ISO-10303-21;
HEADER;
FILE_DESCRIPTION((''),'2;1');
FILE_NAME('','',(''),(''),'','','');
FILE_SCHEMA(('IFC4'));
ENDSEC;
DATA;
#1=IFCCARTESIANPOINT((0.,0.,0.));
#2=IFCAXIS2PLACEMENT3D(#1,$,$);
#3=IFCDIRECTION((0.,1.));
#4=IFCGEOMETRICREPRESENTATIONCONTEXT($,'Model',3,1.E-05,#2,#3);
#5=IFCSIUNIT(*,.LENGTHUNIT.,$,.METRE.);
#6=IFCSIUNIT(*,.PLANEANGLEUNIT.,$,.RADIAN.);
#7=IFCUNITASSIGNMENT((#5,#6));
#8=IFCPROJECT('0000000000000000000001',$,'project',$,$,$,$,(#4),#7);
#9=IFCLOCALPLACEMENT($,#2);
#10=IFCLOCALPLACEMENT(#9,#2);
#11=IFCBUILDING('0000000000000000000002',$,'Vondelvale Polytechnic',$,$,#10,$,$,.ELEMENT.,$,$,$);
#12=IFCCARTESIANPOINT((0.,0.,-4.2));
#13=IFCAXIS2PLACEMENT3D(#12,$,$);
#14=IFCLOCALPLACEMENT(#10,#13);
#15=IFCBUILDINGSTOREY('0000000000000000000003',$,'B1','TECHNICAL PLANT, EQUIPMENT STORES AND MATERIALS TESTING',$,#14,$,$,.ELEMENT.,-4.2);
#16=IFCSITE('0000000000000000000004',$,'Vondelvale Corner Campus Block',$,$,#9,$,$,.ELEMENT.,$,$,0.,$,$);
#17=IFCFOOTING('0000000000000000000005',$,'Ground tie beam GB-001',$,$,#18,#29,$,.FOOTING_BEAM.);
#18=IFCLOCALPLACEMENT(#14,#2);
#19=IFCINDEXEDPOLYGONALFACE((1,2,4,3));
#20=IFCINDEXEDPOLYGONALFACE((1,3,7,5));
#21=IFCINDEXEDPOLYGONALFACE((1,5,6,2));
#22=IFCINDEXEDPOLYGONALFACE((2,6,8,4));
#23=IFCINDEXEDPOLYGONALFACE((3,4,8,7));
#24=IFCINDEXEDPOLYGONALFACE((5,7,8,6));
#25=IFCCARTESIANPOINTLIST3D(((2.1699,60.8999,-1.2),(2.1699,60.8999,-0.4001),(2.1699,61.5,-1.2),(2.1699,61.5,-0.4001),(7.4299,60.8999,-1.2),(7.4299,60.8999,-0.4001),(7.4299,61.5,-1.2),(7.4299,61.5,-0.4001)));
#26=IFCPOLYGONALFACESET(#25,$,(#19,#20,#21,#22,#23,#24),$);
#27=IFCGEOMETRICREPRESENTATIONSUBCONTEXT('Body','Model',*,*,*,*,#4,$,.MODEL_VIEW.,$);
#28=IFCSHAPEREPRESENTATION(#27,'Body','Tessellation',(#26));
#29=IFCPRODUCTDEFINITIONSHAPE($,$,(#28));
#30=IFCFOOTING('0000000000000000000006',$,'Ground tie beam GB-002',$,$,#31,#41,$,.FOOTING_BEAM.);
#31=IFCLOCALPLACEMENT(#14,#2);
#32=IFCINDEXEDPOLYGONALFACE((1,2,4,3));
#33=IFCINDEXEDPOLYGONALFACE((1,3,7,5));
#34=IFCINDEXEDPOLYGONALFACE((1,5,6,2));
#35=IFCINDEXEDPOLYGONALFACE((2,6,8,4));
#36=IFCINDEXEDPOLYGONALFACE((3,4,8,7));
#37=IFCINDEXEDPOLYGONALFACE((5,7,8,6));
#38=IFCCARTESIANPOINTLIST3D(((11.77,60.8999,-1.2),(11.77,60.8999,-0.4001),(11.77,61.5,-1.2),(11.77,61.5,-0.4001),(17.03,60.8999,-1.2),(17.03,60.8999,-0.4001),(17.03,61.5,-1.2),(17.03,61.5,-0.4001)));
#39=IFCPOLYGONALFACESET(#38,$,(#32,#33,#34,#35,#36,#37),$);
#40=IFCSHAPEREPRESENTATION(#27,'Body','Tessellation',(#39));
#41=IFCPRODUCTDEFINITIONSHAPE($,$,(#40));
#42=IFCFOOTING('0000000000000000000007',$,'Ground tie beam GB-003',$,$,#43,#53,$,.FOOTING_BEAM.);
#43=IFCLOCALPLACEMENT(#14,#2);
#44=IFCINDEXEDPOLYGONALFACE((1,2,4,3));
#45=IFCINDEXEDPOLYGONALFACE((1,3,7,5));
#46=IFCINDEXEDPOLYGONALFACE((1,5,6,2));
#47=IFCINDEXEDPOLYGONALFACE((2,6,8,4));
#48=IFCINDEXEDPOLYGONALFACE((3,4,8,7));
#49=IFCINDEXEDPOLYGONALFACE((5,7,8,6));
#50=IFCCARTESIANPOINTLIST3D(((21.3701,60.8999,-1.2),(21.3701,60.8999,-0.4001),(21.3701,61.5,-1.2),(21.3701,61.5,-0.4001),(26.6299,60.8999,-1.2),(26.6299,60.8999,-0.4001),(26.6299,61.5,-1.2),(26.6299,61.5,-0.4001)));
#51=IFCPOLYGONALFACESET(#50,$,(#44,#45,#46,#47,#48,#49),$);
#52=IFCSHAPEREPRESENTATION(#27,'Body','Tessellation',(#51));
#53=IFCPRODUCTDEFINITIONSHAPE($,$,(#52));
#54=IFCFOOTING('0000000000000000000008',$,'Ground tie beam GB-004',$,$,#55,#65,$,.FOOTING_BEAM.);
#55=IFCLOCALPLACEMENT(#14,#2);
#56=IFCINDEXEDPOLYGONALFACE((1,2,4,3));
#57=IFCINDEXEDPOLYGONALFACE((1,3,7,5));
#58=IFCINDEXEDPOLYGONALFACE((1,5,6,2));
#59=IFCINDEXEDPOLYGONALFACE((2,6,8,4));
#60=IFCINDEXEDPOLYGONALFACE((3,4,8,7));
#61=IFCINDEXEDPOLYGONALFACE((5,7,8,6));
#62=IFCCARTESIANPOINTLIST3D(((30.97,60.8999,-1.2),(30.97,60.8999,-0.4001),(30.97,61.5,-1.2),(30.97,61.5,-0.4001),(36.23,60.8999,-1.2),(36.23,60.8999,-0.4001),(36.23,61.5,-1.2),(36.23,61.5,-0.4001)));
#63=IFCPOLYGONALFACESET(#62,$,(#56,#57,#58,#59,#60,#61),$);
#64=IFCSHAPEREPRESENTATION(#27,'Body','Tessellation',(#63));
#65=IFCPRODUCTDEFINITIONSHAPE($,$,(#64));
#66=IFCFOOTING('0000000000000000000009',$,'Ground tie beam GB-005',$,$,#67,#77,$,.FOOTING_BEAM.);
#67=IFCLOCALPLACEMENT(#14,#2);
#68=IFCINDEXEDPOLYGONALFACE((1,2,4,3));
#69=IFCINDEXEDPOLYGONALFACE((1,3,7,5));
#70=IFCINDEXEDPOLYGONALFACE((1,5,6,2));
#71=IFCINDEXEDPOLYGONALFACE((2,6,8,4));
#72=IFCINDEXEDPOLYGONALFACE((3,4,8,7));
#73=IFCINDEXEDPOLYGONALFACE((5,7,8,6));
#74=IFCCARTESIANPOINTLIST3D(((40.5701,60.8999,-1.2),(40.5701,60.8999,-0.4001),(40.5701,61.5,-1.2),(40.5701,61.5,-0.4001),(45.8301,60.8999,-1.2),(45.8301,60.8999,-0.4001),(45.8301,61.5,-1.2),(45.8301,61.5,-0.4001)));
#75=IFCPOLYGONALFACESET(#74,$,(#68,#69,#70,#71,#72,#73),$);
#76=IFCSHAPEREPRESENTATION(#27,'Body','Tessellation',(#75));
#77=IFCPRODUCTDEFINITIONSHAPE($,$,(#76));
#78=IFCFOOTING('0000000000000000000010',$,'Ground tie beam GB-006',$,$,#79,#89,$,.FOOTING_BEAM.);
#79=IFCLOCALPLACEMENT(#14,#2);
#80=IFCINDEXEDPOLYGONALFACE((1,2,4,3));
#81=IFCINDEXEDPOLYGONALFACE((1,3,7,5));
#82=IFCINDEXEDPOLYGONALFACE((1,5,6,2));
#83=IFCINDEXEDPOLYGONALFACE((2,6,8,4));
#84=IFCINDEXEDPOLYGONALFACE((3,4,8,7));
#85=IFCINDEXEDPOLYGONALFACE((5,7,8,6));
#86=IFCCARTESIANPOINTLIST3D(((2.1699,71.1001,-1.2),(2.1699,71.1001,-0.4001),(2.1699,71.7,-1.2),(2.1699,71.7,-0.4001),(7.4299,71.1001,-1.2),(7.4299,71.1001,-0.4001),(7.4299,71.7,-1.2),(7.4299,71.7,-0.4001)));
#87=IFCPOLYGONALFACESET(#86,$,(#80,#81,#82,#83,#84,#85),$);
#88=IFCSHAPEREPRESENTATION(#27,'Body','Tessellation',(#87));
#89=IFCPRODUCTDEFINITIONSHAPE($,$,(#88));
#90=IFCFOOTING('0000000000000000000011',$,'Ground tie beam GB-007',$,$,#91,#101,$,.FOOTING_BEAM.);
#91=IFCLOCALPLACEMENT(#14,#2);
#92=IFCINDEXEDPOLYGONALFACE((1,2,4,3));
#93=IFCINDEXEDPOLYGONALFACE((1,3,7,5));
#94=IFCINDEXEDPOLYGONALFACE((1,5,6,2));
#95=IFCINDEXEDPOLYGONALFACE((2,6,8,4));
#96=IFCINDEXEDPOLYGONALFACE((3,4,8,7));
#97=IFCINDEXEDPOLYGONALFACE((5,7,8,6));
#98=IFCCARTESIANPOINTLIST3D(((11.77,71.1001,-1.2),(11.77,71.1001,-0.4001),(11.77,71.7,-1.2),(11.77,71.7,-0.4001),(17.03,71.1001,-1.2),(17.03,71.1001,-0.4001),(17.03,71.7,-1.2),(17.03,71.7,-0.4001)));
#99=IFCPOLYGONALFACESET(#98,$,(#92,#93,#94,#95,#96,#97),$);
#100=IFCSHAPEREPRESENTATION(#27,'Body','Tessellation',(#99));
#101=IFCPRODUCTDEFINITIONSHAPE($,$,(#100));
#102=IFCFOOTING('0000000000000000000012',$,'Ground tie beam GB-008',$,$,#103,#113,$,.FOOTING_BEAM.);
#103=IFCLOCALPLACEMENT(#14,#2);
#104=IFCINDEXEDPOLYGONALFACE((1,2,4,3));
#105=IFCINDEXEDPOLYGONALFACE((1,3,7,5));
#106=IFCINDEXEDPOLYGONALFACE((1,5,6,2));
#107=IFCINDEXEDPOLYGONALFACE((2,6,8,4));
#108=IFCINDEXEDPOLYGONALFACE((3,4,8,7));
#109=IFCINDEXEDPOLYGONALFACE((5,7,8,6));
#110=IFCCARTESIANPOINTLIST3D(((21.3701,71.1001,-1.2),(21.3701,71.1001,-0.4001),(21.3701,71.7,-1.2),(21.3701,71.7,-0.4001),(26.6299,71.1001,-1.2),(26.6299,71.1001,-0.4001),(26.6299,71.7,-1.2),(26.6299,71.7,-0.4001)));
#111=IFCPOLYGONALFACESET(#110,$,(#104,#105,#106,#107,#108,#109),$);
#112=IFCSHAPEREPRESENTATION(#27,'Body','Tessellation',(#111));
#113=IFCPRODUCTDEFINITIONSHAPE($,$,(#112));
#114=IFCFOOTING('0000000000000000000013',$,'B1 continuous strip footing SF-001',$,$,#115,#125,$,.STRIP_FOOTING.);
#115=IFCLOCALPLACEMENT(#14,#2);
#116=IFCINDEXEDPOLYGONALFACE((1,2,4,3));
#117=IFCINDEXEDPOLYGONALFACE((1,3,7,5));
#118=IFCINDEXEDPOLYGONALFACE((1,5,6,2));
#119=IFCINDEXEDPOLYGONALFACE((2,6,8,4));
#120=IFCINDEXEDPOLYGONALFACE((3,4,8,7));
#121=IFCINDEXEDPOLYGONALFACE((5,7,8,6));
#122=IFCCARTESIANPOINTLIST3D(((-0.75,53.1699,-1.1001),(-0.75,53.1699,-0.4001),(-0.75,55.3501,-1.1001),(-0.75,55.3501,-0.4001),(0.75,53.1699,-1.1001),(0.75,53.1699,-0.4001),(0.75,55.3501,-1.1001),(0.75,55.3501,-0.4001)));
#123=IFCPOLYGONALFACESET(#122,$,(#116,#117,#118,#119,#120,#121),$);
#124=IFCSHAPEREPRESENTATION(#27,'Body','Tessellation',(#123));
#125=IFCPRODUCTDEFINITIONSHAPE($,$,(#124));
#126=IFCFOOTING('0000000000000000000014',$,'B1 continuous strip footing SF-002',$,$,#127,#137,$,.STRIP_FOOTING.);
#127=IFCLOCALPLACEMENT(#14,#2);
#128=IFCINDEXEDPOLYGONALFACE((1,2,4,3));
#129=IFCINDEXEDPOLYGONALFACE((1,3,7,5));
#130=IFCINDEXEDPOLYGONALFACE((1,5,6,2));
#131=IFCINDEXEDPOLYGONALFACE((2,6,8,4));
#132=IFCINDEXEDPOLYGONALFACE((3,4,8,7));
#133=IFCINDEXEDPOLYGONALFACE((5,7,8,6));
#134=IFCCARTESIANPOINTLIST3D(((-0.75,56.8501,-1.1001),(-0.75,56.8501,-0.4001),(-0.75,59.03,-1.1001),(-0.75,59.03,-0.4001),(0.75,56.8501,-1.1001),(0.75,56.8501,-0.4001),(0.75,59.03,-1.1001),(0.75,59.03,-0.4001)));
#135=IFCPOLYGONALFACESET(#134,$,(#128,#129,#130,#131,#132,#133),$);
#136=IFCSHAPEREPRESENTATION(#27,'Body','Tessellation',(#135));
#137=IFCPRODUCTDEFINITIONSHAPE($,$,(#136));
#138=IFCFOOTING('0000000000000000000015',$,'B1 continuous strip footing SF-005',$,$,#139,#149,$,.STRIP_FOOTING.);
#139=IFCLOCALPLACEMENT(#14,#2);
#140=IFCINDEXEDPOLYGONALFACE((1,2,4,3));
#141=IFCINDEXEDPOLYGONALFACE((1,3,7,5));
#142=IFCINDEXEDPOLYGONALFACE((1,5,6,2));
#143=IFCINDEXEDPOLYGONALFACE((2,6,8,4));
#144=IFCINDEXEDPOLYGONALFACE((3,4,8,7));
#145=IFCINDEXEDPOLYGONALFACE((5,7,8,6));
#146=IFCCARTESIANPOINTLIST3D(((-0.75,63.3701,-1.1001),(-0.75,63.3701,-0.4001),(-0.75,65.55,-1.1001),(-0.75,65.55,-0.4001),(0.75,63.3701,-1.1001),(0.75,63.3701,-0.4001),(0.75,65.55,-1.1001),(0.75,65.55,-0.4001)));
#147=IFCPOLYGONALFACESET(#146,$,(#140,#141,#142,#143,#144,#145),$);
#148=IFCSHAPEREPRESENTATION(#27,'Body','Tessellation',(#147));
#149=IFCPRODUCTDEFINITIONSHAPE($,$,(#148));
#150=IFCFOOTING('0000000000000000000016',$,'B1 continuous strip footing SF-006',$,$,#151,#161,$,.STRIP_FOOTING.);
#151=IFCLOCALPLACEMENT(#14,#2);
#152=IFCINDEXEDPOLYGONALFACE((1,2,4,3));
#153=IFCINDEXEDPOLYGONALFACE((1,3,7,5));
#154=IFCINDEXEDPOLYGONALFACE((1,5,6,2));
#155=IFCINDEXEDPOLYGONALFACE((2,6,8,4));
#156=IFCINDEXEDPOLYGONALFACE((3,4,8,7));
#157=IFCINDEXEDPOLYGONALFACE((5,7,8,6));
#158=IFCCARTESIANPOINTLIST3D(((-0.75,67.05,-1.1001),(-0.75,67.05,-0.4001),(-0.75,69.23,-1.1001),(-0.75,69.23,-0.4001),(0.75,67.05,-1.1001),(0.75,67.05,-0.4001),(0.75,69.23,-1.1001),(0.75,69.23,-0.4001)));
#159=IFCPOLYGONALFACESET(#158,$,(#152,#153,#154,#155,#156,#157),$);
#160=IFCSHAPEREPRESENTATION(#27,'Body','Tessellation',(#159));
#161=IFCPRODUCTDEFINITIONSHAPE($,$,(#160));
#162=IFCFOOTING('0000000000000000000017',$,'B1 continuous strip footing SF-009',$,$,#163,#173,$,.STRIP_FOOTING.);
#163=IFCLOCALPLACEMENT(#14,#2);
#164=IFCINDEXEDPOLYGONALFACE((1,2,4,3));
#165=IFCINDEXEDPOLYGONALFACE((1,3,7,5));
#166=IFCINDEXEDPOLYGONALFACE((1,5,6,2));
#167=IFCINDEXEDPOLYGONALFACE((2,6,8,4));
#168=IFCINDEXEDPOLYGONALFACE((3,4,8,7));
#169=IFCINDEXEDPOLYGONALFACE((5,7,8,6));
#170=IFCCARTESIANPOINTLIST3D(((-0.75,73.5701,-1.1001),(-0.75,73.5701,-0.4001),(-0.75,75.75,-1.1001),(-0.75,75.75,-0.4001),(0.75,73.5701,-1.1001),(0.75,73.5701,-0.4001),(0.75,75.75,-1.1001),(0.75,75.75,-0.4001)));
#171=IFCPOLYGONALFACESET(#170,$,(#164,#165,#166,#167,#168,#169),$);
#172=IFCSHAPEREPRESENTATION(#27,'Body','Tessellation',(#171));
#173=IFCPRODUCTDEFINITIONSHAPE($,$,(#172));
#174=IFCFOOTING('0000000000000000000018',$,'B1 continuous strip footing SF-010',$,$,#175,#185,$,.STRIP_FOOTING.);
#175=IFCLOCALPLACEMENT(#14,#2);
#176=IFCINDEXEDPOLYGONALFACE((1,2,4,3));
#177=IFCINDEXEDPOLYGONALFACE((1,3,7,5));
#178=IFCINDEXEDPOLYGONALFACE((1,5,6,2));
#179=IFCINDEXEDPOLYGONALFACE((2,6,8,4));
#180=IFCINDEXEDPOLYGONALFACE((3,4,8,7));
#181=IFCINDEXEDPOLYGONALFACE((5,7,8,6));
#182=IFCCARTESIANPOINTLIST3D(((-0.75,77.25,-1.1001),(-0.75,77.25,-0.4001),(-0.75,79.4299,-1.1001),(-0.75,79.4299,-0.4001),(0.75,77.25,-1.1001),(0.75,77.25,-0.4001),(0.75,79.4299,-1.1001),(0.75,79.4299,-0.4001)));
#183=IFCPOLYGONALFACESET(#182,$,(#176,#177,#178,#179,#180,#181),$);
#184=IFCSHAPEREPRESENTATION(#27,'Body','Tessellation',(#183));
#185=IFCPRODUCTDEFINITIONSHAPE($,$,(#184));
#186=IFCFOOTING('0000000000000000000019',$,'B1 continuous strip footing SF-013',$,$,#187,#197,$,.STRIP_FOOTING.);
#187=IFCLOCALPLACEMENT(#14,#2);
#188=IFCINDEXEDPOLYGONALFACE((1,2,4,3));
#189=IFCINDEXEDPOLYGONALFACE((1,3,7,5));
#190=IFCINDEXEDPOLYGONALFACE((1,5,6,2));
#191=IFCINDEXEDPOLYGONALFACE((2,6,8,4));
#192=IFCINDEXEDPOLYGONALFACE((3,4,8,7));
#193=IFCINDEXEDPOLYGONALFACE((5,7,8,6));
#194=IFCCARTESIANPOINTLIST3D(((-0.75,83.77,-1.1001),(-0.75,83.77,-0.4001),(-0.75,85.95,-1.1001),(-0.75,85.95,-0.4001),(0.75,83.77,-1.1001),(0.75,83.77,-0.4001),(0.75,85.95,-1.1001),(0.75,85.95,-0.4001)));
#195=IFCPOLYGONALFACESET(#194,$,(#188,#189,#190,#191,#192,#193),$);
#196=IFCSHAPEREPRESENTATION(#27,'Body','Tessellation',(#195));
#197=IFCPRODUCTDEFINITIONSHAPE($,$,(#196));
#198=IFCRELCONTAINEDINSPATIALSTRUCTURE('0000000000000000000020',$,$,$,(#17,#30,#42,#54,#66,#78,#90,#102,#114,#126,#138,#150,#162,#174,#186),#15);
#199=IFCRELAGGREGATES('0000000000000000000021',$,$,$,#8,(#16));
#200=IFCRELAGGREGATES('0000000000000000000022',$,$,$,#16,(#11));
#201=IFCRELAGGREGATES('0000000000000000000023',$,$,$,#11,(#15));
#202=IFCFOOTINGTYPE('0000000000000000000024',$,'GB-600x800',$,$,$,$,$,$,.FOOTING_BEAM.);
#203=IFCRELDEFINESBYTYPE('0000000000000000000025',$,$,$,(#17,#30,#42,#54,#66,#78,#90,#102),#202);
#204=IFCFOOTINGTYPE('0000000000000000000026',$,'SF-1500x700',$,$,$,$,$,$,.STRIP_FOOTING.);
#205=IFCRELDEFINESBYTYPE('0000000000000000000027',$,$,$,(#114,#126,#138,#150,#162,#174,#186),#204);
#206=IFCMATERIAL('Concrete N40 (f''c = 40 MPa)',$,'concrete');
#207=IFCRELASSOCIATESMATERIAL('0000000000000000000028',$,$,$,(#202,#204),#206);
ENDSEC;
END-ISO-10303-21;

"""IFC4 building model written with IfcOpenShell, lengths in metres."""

from ifc_helpers import new_model, si_unit, direction, frame, origin, place, context, subcontext, project, spatial, polyline, outline, extrude, material, type_object, element, save


model = new_model("IFC4")

# Units and contexts
model_context = context("Model", 3, precision=1e-05, world=origin(), true_north=direction((0.0, 1.0)))
body_context = subcontext(model_context, "Body", "Model", "MODEL_VIEW")
ifc_project = project(units=[si_unit("LENGTHUNIT", "METRE"), si_unit("PLANEANGLEUNIT", "RADIAN")], contexts=[model_context])

# Site, building, storey
site_placement = place(None, origin())
site = spatial("IfcSite", under=ifc_project, at=site_placement, Name="Vondelvale Corner Campus Block", CompositionType="ELEMENT", RefElevation=0.0)
building_placement = place(site_placement, origin())
building = spatial("IfcBuilding", under=site, at=building_placement, Name="Vondelvale Polytechnic", CompositionType="ELEMENT")
storey_placement = place(building_placement, frame((0.0, 0.0, -4.2)))
storey = spatial("IfcBuildingStorey", under=building, at=storey_placement, Name="B1", Description="TECHNICAL PLANT, EQUIPMENT STORES AND MATERIALS TESTING", CompositionType="ELEMENT", Elevation=-4.2)

# Footings
ifc_material = material(Name="Concrete N40 (f'c = 40 MPa)", Category="concrete")
footing_type_1 = type_object("IfcFootingType", Name="GB-600x800", PredefinedType="FOOTING_BEAM", material=ifc_material)
footing_1_placement = place(storey_placement, frame((0.0, 0.0, -1.2)))
element("IfcFooting", 1, at=footing_1_placement, inside=storey, type_object=footing_type_1, Name="Ground tie beam GB-001", PredefinedType="FOOTING_BEAM", context=body_context, shape_type="SweptSolid", body=[
    extrude(outline(polyline([(2.1699, 60.8999), (2.1699, 61.5), (7.4299, 61.5), (7.4299, 60.8999), (2.1699, 60.8999)])), origin(), (0.0, 0.0, 1.0), 0.7998),
])
footing_2_placement = place(storey_placement, frame((0.0, 0.0, -1.2)))
element("IfcFooting", 2, at=footing_2_placement, inside=storey, type_object=footing_type_1, Name="Ground tie beam GB-002", PredefinedType="FOOTING_BEAM", context=body_context, shape_type="SweptSolid", body=[
    extrude(outline(polyline([(11.77, 60.8999), (11.77, 61.5), (17.03, 61.5), (17.03, 60.8999), (11.77, 60.8999)])), origin(), (0.0, 0.0, 1.0), 0.7998),
])
footing_3_placement = place(storey_placement, frame((0.0, 0.0, -1.2)))
element("IfcFooting", 3, at=footing_3_placement, inside=storey, type_object=footing_type_1, Name="Ground tie beam GB-003", PredefinedType="FOOTING_BEAM", context=body_context, shape_type="SweptSolid", body=[
    extrude(outline(polyline([(21.3701, 60.8999), (21.3701, 61.5), (26.6299, 61.5), (26.6299, 60.8999), (21.3701, 60.8999)])), origin(), (0.0, 0.0, 1.0), 0.7998),
])
footing_4_placement = place(storey_placement, frame((0.0, 0.0, -1.2)))
element("IfcFooting", 4, at=footing_4_placement, inside=storey, type_object=footing_type_1, Name="Ground tie beam GB-004", PredefinedType="FOOTING_BEAM", context=body_context, shape_type="SweptSolid", body=[
    extrude(outline(polyline([(30.97, 60.8999), (30.97, 61.5), (36.23, 61.5), (36.23, 60.8999), (30.97, 60.8999)])), origin(), (0.0, 0.0, 1.0), 0.7998),
])
footing_5_placement = place(storey_placement, frame((0.0, 0.0, -1.2)))
element("IfcFooting", 5, at=footing_5_placement, inside=storey, type_object=footing_type_1, Name="Ground tie beam GB-005", PredefinedType="FOOTING_BEAM", context=body_context, shape_type="SweptSolid", body=[
    extrude(outline(polyline([(40.5701, 60.8999), (40.5701, 61.5), (45.8301, 61.5), (45.8301, 60.8999), (40.5701, 60.8999)])), origin(), (0.0, 0.0, 1.0), 0.7998),
])
footing_6_placement = place(storey_placement, frame((0.0, 0.0, -1.2)))
element("IfcFooting", 6, at=footing_6_placement, inside=storey, type_object=footing_type_1, Name="Ground tie beam GB-006", PredefinedType="FOOTING_BEAM", context=body_context, shape_type="SweptSolid", body=[
    extrude(outline(polyline([(2.1699, 71.1001), (2.1699, 71.7), (7.4299, 71.7), (7.4299, 71.1001), (2.1699, 71.1001)])), origin(), (0.0, 0.0, 1.0), 0.7998),
])
footing_7_placement = place(storey_placement, frame((0.0, 0.0, -1.2)))
element("IfcFooting", 7, at=footing_7_placement, inside=storey, type_object=footing_type_1, Name="Ground tie beam GB-007", PredefinedType="FOOTING_BEAM", context=body_context, shape_type="SweptSolid", body=[
    extrude(outline(polyline([(11.77, 71.1001), (11.77, 71.7), (17.03, 71.7), (17.03, 71.1001), (11.77, 71.1001)])), origin(), (0.0, 0.0, 1.0), 0.7998),
])
footing_8_placement = place(storey_placement, frame((0.0, 0.0, -1.2)))
element("IfcFooting", 8, at=footing_8_placement, inside=storey, type_object=footing_type_1, Name="Ground tie beam GB-008", PredefinedType="FOOTING_BEAM", context=body_context, shape_type="SweptSolid", body=[
    extrude(outline(polyline([(21.3701, 71.1001), (21.3701, 71.7), (26.6299, 71.7), (26.6299, 71.1001), (21.3701, 71.1001)])), origin(), (0.0, 0.0, 1.0), 0.7998),
])
footing_type_2 = type_object("IfcFootingType", Name="SF-1500x700", PredefinedType="STRIP_FOOTING", material=ifc_material)
footing_9_placement = place(storey_placement, frame((0.0, 0.0, -1.1001)))
element("IfcFooting", 9, at=footing_9_placement, inside=storey, type_object=footing_type_2, Name="B1 continuous strip footing SF-001", PredefinedType="STRIP_FOOTING", context=body_context, shape_type="SweptSolid", body=[
    extrude(outline(polyline([(0.75, 53.1699), (-0.75, 53.1699), (-0.75, 55.3501), (0.75, 55.3501), (0.75, 53.1699)])), origin(), (0.0, 0.0, 1.0), 0.7),
])
footing_10_placement = place(storey_placement, frame((0.0, 0.0, -1.1001)))
element("IfcFooting", 10, at=footing_10_placement, inside=storey, type_object=footing_type_2, Name="B1 continuous strip footing SF-002", PredefinedType="STRIP_FOOTING", context=body_context, shape_type="SweptSolid", body=[
    extrude(outline(polyline([(0.75, 56.8501), (-0.75, 56.8501), (-0.75, 59.03), (0.75, 59.03), (0.75, 56.8501)])), origin(), (0.0, 0.0, 1.0), 0.7),
])
footing_11_placement = place(storey_placement, frame((0.0, 0.0, -1.1001)))
element("IfcFooting", 11, at=footing_11_placement, inside=storey, type_object=footing_type_2, Name="B1 continuous strip footing SF-005", PredefinedType="STRIP_FOOTING", context=body_context, shape_type="SweptSolid", body=[
    extrude(outline(polyline([(0.75, 63.3701), (-0.75, 63.3701), (-0.75, 65.55), (0.75, 65.55), (0.75, 63.3701)])), origin(), (0.0, 0.0, 1.0), 0.7),
])
footing_12_placement = place(storey_placement, frame((0.0, 0.0, -1.1001)))
element("IfcFooting", 12, at=footing_12_placement, inside=storey, type_object=footing_type_2, Name="B1 continuous strip footing SF-006", PredefinedType="STRIP_FOOTING", context=body_context, shape_type="SweptSolid", body=[
    extrude(outline(polyline([(0.75, 67.05), (-0.75, 67.05), (-0.75, 69.23), (0.75, 69.23), (0.75, 67.05)])), origin(), (0.0, 0.0, 1.0), 0.7),
])
footing_13_placement = place(storey_placement, frame((0.0, 0.0, -1.1001)))
element("IfcFooting", 13, at=footing_13_placement, inside=storey, type_object=footing_type_2, Name="B1 continuous strip footing SF-009", PredefinedType="STRIP_FOOTING", context=body_context, shape_type="SweptSolid", body=[
    extrude(outline(polyline([(0.75, 73.5701), (-0.75, 73.5701), (-0.75, 75.75), (0.75, 75.75), (0.75, 73.5701)])), origin(), (0.0, 0.0, 1.0), 0.7),
])
footing_14_placement = place(storey_placement, frame((0.0, 0.0, -1.1001)))
element("IfcFooting", 14, at=footing_14_placement, inside=storey, type_object=footing_type_2, Name="B1 continuous strip footing SF-010", PredefinedType="STRIP_FOOTING", context=body_context, shape_type="SweptSolid", body=[
    extrude(outline(polyline([(0.75, 77.25), (-0.75, 77.25), (-0.75, 79.4299), (0.75, 79.4299), (0.75, 77.25)])), origin(), (0.0, 0.0, 1.0), 0.7),
])
footing_15_placement = place(storey_placement, frame((0.0, 0.0, -1.1001)))
element("IfcFooting", 15, at=footing_15_placement, inside=storey, type_object=footing_type_2, Name="B1 continuous strip footing SF-013", PredefinedType="STRIP_FOOTING", context=body_context, shape_type="SweptSolid", body=[
    extrude(outline(polyline([(0.75, 83.77), (-0.75, 83.77), (-0.75, 85.95), (0.75, 85.95), (0.75, 83.77)])), origin(), (0.0, 0.0, 1.0), 0.7),
])

save(model, "model.ifc")
